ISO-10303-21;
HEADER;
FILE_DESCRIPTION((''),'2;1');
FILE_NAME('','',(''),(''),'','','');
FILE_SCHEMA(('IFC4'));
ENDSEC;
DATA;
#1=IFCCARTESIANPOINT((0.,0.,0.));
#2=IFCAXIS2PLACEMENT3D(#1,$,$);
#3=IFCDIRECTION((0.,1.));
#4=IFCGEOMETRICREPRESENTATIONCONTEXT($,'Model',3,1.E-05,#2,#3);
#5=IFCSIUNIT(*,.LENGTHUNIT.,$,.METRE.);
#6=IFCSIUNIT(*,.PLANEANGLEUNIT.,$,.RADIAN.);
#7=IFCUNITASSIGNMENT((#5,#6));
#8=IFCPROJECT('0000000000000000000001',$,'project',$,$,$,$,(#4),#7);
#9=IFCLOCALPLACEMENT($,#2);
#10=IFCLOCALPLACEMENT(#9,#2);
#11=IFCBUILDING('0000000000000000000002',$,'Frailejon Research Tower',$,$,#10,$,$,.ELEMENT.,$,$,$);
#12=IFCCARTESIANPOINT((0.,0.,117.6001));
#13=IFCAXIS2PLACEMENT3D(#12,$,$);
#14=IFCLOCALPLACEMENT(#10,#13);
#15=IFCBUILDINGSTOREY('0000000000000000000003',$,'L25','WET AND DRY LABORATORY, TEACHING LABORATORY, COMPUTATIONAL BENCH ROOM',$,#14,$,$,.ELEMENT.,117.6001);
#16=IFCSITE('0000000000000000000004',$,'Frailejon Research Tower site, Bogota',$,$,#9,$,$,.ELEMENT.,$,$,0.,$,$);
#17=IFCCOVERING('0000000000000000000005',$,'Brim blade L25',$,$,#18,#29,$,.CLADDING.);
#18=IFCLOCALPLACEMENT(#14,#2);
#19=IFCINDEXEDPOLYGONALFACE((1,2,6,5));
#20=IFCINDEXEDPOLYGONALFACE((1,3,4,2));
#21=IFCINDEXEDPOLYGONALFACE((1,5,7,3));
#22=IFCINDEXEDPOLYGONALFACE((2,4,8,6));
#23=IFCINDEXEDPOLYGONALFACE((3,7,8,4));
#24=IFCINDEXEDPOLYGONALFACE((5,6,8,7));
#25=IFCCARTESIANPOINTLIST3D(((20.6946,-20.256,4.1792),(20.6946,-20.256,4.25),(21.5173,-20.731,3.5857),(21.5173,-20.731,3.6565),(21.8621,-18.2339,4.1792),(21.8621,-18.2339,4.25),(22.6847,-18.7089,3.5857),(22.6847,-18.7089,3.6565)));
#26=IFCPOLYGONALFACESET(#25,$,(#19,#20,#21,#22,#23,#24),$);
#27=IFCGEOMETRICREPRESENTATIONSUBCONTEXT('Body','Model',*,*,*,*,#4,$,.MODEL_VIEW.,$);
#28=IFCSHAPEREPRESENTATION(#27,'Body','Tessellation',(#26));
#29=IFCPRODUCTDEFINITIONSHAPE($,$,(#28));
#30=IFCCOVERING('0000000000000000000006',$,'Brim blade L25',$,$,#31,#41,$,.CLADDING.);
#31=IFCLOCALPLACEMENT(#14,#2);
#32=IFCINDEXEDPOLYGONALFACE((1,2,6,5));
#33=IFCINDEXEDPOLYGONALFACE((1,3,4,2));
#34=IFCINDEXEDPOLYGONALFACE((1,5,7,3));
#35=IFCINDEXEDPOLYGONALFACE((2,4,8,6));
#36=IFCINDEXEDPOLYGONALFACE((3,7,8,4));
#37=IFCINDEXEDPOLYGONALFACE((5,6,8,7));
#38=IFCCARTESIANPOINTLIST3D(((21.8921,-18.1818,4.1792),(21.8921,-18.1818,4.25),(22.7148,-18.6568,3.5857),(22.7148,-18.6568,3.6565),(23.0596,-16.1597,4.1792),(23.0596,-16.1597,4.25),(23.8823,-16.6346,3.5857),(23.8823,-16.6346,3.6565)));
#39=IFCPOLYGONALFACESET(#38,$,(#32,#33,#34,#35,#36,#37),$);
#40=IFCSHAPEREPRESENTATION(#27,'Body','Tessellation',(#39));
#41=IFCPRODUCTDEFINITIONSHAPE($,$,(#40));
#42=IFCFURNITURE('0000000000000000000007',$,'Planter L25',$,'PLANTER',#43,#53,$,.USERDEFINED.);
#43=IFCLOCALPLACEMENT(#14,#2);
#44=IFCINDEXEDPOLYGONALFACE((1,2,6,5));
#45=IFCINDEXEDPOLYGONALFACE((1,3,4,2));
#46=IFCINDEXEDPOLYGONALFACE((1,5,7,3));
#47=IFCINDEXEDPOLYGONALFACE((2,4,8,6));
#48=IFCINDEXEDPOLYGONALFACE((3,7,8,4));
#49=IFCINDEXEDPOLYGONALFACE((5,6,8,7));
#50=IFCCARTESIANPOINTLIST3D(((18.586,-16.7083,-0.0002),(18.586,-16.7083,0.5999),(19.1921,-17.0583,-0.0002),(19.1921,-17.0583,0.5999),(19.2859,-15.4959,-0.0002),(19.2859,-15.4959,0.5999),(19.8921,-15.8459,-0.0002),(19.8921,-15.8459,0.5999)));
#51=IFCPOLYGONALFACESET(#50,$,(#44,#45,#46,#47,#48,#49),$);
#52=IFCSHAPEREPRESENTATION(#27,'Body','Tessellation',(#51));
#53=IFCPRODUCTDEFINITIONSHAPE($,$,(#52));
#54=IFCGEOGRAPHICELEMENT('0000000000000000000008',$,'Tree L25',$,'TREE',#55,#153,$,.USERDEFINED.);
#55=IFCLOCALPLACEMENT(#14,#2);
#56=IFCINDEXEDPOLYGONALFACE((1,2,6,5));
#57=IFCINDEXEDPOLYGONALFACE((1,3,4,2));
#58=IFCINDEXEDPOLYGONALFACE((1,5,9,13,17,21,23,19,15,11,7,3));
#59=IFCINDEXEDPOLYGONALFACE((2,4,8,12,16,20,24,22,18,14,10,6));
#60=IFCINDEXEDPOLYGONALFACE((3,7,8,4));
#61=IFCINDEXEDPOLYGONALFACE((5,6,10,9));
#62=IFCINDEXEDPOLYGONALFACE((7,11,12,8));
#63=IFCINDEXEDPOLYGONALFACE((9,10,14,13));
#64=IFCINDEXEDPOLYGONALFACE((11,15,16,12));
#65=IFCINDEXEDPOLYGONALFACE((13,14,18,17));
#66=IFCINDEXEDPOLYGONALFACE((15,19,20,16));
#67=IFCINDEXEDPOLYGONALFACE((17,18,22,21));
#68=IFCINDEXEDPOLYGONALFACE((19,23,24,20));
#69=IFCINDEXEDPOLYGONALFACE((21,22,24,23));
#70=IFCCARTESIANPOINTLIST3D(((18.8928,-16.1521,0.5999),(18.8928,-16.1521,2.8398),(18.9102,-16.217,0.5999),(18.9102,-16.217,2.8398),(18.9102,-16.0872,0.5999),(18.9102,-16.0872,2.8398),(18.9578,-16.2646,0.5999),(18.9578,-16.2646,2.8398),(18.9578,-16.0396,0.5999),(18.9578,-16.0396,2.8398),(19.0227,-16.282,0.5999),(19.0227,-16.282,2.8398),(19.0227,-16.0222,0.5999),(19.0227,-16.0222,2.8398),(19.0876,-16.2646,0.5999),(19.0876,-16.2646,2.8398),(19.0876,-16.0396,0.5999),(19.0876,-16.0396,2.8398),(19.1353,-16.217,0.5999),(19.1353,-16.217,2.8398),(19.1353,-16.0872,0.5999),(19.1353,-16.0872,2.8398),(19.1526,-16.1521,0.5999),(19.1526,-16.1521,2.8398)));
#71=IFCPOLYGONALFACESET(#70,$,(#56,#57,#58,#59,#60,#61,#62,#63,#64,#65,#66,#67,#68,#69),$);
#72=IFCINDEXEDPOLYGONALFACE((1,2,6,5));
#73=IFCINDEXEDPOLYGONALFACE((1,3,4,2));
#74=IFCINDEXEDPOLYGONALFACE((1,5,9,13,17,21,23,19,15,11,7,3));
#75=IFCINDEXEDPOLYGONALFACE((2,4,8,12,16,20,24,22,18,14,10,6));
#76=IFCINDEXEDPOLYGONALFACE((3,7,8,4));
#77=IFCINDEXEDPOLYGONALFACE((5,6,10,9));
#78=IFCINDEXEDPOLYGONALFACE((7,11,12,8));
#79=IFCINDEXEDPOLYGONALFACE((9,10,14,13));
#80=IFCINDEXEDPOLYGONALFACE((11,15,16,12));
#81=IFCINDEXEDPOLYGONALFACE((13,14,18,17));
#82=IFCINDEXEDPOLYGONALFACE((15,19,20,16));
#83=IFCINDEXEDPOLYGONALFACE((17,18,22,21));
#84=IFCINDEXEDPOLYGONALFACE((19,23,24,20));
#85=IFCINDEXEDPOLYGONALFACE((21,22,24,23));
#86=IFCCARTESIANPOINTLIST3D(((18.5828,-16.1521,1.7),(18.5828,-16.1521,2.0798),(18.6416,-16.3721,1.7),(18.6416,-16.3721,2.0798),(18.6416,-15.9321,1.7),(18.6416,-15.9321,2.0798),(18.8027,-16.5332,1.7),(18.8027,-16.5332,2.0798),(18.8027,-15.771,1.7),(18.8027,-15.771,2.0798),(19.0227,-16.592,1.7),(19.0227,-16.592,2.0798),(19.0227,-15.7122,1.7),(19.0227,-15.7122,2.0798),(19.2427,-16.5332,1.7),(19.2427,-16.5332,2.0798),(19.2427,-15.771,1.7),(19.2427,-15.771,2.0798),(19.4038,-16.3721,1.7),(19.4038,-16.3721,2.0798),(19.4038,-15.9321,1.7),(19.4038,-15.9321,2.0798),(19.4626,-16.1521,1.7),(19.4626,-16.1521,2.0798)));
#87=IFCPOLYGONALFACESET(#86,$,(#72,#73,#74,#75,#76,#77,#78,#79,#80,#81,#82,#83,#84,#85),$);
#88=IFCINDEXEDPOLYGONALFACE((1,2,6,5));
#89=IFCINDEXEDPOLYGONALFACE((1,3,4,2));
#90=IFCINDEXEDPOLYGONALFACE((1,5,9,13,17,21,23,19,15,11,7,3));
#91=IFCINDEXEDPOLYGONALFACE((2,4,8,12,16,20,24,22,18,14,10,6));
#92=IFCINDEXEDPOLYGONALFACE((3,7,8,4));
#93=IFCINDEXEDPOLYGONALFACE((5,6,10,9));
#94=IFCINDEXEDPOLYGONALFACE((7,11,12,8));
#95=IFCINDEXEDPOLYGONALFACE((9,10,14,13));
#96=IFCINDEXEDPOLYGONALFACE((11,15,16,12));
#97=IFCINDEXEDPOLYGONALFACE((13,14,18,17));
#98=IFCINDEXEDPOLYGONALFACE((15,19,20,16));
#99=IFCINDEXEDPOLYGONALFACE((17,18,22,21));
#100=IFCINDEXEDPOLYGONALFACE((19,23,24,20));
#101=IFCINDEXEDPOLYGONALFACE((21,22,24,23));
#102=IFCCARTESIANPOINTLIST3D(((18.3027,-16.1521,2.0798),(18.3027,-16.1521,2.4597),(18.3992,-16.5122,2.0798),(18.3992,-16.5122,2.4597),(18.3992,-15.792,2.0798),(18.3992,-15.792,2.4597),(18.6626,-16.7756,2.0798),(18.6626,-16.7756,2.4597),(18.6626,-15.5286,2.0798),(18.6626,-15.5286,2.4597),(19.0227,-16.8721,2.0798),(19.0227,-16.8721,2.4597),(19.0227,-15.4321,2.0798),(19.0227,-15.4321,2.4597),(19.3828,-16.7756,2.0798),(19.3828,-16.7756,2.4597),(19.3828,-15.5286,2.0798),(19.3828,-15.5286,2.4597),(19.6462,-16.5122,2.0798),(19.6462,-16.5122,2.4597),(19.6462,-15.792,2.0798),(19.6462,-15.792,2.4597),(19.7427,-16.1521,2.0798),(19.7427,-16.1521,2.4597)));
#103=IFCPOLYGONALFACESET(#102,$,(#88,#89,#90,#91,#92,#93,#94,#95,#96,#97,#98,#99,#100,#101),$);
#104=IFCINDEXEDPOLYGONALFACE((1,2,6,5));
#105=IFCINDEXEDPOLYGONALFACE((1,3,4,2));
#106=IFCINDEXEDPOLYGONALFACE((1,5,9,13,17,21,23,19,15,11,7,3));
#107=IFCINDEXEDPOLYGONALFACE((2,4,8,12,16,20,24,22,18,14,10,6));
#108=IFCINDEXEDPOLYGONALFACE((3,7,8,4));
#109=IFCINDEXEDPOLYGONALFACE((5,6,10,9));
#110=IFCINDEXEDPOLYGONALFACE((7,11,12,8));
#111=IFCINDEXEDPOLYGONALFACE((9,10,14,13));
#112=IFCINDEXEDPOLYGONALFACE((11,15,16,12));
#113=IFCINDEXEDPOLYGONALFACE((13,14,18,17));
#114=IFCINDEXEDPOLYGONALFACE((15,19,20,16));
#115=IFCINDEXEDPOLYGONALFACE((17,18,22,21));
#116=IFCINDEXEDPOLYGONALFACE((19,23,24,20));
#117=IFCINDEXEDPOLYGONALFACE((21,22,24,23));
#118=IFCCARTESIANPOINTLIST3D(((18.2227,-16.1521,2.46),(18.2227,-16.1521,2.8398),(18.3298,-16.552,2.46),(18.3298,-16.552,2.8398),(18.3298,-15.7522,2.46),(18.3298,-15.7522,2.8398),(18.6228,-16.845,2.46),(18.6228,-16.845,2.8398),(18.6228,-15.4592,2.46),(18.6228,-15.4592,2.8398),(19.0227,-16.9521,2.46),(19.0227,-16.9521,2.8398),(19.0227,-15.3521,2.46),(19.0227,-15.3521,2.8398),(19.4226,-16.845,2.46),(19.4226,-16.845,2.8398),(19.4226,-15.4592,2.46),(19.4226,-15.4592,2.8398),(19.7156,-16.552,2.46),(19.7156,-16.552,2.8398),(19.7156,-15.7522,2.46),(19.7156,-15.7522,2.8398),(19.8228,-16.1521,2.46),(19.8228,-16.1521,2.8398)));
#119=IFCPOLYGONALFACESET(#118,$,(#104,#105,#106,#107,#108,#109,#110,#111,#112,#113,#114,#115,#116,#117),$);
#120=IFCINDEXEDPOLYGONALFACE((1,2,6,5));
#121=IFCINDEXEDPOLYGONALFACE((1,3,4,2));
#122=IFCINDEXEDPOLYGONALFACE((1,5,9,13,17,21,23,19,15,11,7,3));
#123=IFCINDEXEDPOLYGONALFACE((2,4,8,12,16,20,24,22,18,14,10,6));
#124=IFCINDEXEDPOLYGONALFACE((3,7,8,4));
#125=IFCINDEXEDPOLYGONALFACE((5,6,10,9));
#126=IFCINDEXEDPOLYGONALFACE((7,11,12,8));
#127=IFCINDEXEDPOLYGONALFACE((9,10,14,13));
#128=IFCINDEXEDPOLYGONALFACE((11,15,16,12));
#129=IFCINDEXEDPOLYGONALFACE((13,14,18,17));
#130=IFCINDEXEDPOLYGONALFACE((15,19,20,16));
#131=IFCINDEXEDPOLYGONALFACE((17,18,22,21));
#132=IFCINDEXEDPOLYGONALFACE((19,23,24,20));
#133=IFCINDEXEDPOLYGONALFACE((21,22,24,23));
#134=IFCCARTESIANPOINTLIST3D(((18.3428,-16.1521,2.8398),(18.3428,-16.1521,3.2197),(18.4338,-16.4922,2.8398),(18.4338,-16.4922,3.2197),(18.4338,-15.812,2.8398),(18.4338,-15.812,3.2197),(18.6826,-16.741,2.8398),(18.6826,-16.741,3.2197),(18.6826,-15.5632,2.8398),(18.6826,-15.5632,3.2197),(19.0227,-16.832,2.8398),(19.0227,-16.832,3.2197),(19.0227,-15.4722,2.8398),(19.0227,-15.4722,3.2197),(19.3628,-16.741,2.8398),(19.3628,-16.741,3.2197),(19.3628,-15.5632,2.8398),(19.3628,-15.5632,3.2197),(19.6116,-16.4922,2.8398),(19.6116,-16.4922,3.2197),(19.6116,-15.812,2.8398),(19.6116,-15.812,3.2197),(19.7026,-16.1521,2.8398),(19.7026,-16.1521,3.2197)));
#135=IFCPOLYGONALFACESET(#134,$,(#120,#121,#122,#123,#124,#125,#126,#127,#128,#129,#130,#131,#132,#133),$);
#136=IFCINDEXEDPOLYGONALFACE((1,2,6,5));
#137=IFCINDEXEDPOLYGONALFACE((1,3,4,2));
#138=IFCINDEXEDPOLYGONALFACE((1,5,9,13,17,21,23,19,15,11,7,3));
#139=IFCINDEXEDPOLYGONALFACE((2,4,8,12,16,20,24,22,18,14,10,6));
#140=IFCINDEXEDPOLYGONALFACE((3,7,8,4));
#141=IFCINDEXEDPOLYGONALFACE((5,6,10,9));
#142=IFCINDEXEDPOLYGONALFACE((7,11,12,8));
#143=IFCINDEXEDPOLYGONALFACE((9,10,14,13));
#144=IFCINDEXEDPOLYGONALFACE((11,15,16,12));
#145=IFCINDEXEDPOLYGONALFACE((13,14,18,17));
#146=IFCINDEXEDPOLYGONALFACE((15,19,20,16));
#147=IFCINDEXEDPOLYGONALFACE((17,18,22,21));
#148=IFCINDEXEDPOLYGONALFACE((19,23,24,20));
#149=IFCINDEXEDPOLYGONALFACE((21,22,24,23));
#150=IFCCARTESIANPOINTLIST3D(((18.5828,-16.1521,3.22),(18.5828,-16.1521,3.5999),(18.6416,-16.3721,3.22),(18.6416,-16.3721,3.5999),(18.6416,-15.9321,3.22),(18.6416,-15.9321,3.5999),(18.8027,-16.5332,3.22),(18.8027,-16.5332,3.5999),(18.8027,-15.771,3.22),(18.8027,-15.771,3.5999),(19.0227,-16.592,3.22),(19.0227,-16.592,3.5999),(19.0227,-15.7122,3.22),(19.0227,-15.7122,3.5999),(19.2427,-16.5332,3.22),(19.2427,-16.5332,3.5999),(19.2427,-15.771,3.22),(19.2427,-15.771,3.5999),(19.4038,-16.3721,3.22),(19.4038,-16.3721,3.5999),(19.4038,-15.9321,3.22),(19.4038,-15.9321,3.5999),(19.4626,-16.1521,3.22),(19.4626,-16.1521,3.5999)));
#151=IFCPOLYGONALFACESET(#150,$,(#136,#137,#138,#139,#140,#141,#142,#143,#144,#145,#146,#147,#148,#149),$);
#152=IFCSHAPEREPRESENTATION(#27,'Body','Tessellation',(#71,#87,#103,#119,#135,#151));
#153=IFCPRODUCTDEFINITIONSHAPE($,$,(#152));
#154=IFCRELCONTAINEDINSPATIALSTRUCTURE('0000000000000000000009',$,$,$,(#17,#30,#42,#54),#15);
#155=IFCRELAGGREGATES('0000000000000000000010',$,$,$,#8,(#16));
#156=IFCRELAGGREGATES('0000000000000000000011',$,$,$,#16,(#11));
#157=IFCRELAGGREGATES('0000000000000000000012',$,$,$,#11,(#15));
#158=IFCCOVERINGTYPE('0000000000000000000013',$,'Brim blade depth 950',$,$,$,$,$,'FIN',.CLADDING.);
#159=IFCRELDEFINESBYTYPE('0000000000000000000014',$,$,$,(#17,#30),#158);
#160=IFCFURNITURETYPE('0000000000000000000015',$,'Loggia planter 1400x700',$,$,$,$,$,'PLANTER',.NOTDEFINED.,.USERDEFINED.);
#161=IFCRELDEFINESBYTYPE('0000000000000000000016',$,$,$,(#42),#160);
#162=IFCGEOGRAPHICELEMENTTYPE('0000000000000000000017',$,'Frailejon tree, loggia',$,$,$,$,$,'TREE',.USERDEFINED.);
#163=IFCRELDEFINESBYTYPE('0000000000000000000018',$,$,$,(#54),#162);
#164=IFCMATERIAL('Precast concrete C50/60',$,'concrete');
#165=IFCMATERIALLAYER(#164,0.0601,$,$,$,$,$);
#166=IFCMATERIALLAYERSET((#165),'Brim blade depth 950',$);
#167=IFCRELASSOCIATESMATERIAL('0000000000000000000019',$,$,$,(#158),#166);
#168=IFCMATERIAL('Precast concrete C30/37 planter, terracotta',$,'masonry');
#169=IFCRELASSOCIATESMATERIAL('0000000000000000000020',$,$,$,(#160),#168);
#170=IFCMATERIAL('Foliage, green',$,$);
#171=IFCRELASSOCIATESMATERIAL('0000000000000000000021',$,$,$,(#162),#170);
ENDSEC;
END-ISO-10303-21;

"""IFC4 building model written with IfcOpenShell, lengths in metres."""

from ifc_helpers import new_model, si_unit, direction, frame, origin, origin_2d, place, context, subcontext, project, spatial, polyline, rectangle, outline, extrude, material, layer, layer_set, type_object, element, save


model = new_model("IFC4")

# Units and contexts
model_context = context("Model", 3, precision=1e-05, world=origin(), true_north=direction((0.0, 1.0)))
body_context = subcontext(model_context, "Body", "Model", "MODEL_VIEW")
ifc_project = project(units=[si_unit("LENGTHUNIT", "METRE"), si_unit("PLANEANGLEUNIT", "RADIAN")], contexts=[model_context])

# Site, building, storey
site_placement = place(None, origin())
site = spatial("IfcSite", under=ifc_project, at=site_placement, Name="Frailejon Research Tower site, Bogota", CompositionType="ELEMENT", RefElevation=0.0)
building_placement = place(site_placement, origin())
building = spatial("IfcBuilding", under=site, at=building_placement, Name="Frailejon Research Tower", CompositionType="ELEMENT")
storey_placement = place(building_placement, frame((0.0, 0.0, 117.6001)))
storey = spatial("IfcBuildingStorey", under=building, at=storey_placement, Name="L25", Description="WET AND DRY LABORATORY, TEACHING LABORATORY, COMPUTATIONAL BENCH ROOM", CompositionType="ELEMENT", Elevation=117.6001)

# Coverings
ifc_material_1 = material(Name="Precast concrete C50/60", Category="concrete")
ifc_layer_1 = layer(ifc_material_1, 0.0601)
ifc_layer_set_1 = layer_set([ifc_layer_1], Name="Brim blade depth 950")
covering_type_1 = type_object("IfcCoveringType", Name="Brim blade depth 950", ElementType="FIN", PredefinedType="CLADDING", material=ifc_layer_set_1)
for number, where, z_axis, x_axis, name in (
    (1, (21.8621, -18.2339, 4.25), (-0.5, -0.866025, 0.0), (0.866025, -0.5, 0.0), "Brim blade L25"),
    (2, (23.0596, -16.1597, 4.25), (-0.5, -0.866025, 0.0), (0.866025, -0.5, 0.0), "Brim blade L25"),
):
    element("IfcCovering", number, at=place(storey_placement, frame(where, z_axis=z_axis, x_axis=x_axis)), inside=storey, type_object=covering_type_1, Name=name, PredefinedType="CLADDING", context=body_context, shape_type="SweptSolid", body=[
        extrude(outline(polyline([(0.0, -0.0708), (0.95, -0.6643), (0.95, -0.5935), (0.0, 0.0), (0.0, -0.0708)])), origin(), (0.0, 0.0, 1.0), 2.335),
    ])

# Furniture
ifc_material_2 = material(Name="Precast concrete C30/37 planter, terracotta", Category="masonry")
furniture_type = type_object("IfcFurnitureType", Name="Loggia planter 1400x700", ElementType="PLANTER", AssemblyPlace="NOTDEFINED", PredefinedType="USERDEFINED", material=ifc_material_2)
furniture_placement = place(storey_placement, frame((19.239, -16.2771, -0.0002), z_axis=(0.0, 0.0, 1.0), x_axis=(0.5, 0.866025, 0.0)))
element("IfcFurniture", 3, at=furniture_placement, inside=storey, type_object=furniture_type, Name="Planter L25", ObjectType="PLANTER", PredefinedType="USERDEFINED", context=body_context, shape_type="SweptSolid", body=[
    extrude(rectangle(XDim=1.3999, YDim=0.7, at=origin_2d()), origin(), (0.0, 0.0, 1.0), 0.6001),
])

# Geographic element
ifc_material_3 = material(Name="Foliage, green")
geographic_element_type = type_object("IfcGeographicElementType", Name="Frailejon tree, loggia", ElementType="TREE", PredefinedType="USERDEFINED", material=ifc_material_3)
geographic_element_placement = place(storey_placement, frame((19.0227, -16.1521, 0.5999)))
element("IfcGeographicElement", 4, at=geographic_element_placement, inside=storey, type_object=geographic_element_type, Name="Tree L25", ObjectType="TREE", PredefinedType="USERDEFINED", context=body_context, shape_type="SweptSolid", body=[
    extrude(outline(polyline([(0.1299, 0.0), (0.1125, 0.0649), (0.0649, 0.1125), (0.0, 0.1299), (-0.0649, 0.1125), (-0.1125, 0.0649), (-0.1299, 0.0), (-0.1125, -0.0649), (-0.0649, -0.1125), (0.0, -0.1299), (0.0649, -0.1125), (0.1125, -0.0649), (0.1299, 0.0)])), origin(), (0.0, 0.0, 1.0), 2.24),
    extrude(outline(polyline([(0.4399, 0.0), (0.3811, 0.22), (0.22, 0.3811), (0.0, 0.4399), (-0.22, 0.3811), (-0.3811, 0.22), (-0.4399, 0.0), (-0.3811, -0.22), (-0.22, -0.3811), (0.0, -0.4399), (0.22, -0.3811), (0.3811, -0.22), (0.4399, 0.0)])), frame((0.0, 0.0, 1.1001)), (0.0, 0.0, 1.0), 0.3799),
    extrude(outline(polyline([(0.72, 0.0), (0.6235, 0.3601), (0.3601, 0.6235), (0.0, 0.72), (-0.3601, 0.6235), (-0.6235, 0.3601), (-0.72, 0.0), (-0.6235, -0.3601), (-0.3601, -0.6235), (0.0, -0.72), (0.3601, -0.6235), (0.6235, -0.3601), (0.72, 0.0)])), frame((0.0, 0.0, 1.48)), (0.0, 0.0, 1.0), 0.3799),
    extrude(outline(polyline([(0.8, 0.0), (0.6929, 0.3999), (0.3999, 0.6929), (0.0, 0.8), (-0.3999, 0.6929), (-0.6929, 0.3999), (-0.8, 0.0), (-0.6929, -0.3999), (-0.3999, -0.6929), (0.0, -0.8), (0.3999, -0.6929), (0.6929, -0.3999), (0.8, 0.0)])), frame((0.0, 0.0, 1.8601)), (0.0, 0.0, 1.0), 0.3799),
    extrude(outline(polyline([(0.6799, 0.0), (0.5889, 0.3401), (0.3401, 0.5889), (0.0, 0.6799), (-0.3401, 0.5889), (-0.5889, 0.3401), (-0.6799, 0.0), (-0.5889, -0.3401), (-0.3401, -0.5889), (0.0, -0.6799), (0.3401, -0.5889), (0.5889, -0.3401), (0.6799, 0.0)])), frame((0.0, 0.0, 2.24)), (0.0, 0.0, 1.0), 0.3799),
    extrude(outline(polyline([(0.4399, 0.0), (0.3811, 0.22), (0.22, 0.3811), (0.0, 0.4399), (-0.22, 0.3811), (-0.3811, 0.22), (-0.4399, 0.0), (-0.3811, -0.22), (-0.22, -0.3811), (0.0, -0.4399), (0.22, -0.3811), (0.3811, -0.22), (0.4399, 0.0)])), frame((0.0, 0.0, 2.6201)), (0.0, 0.0, 1.0), 0.3799),
])

save(model, "model.ifc")
